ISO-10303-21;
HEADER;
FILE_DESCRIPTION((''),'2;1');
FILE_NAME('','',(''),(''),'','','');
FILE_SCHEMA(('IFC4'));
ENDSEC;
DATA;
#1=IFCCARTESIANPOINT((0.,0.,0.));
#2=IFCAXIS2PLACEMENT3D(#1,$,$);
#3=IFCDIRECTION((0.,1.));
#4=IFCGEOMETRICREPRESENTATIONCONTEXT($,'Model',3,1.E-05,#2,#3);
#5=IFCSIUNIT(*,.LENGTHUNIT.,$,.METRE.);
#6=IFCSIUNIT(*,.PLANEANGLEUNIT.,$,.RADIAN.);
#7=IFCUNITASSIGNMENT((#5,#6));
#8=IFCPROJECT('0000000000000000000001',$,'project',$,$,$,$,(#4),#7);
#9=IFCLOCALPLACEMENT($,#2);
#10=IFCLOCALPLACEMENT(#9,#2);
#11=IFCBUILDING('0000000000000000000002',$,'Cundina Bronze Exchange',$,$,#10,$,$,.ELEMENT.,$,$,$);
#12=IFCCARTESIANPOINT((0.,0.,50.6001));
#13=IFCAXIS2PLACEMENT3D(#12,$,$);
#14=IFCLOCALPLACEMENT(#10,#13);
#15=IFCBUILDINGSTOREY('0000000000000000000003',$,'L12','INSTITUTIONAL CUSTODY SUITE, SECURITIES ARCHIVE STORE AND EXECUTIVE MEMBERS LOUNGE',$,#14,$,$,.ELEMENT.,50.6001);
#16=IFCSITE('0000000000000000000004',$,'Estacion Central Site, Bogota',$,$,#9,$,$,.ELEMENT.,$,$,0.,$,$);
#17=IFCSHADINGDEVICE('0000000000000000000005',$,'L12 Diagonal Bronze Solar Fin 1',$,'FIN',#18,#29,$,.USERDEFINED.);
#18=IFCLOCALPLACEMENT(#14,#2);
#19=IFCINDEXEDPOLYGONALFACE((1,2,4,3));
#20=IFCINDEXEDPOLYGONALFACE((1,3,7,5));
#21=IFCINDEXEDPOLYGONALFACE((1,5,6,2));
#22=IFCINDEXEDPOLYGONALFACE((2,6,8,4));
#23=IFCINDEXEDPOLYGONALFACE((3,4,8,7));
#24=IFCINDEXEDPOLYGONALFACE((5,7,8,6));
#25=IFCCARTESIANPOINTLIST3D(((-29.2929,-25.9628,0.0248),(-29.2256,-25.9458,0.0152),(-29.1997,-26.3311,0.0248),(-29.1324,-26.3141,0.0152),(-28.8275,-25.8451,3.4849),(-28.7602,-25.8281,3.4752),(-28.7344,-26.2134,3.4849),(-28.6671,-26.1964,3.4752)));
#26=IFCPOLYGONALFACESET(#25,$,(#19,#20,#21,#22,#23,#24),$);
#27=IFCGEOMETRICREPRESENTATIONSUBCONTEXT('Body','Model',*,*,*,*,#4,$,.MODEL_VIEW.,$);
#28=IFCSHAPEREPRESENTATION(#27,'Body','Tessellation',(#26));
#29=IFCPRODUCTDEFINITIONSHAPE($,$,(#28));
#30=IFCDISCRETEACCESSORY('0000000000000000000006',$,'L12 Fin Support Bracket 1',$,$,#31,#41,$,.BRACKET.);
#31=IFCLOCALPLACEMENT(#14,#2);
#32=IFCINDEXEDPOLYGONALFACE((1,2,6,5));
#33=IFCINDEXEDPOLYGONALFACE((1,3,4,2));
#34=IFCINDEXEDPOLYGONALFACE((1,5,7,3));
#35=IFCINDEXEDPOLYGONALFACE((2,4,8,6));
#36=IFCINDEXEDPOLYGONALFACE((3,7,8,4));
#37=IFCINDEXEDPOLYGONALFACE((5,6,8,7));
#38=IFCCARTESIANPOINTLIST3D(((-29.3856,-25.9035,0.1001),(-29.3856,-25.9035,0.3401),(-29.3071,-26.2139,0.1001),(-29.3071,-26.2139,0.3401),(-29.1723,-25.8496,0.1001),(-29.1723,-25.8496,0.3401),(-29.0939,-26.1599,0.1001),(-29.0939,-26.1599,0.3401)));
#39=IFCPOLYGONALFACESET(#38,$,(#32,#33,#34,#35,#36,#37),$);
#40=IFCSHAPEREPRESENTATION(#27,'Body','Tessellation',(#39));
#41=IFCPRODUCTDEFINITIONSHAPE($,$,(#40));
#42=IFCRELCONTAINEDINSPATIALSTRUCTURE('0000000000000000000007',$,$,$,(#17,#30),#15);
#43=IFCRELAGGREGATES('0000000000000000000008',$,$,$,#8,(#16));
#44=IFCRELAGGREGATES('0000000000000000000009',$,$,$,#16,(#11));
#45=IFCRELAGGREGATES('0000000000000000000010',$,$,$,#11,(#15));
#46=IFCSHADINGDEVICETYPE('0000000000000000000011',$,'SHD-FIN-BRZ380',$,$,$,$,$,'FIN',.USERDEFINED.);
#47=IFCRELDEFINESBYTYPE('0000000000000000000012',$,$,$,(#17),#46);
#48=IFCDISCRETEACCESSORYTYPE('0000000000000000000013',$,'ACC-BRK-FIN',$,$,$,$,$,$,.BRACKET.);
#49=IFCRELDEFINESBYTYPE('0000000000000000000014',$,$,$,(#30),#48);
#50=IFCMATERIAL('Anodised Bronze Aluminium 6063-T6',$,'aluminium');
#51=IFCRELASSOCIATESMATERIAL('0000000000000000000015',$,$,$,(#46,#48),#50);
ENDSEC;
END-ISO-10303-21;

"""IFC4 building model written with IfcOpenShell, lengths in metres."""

from ifc_helpers import new_model, si_unit, direction, frame, origin, origin_2d, place, context, subcontext, project, spatial, rectangle, extrude, material, material_profile, profile_set, type_object, element, save


model = new_model("IFC4")

# Units and contexts
model_context = context("Model", 3, precision=1e-05, world=origin(), true_north=direction((0.0, 1.0)))
body_context = subcontext(model_context, "Body", "Model", "MODEL_VIEW")
ifc_project = project(units=[si_unit("LENGTHUNIT", "METRE"), si_unit("PLANEANGLEUNIT", "RADIAN")], contexts=[model_context])

# Site, building, storey
site_placement = place(None, origin())
site = spatial("IfcSite", under=ifc_project, at=site_placement, Name="Estacion Central Site, Bogota", CompositionType="ELEMENT", RefElevation=0.0)
building_placement = place(site_placement, origin())
building = spatial("IfcBuilding", under=site, at=building_placement, Name="Cundina Bronze Exchange", CompositionType="ELEMENT")
storey_placement = place(building_placement, frame((0.0, 0.0, 50.6001)))
storey = spatial("IfcBuildingStorey", under=building, at=storey_placement, Name="L12", Description="INSTITUTIONAL CUSTODY SUITE, SECURITIES ARCHIVE STORE AND EXECUTIVE MEMBERS LOUNGE", CompositionType="ELEMENT", Elevation=50.6001)

# Shared definitions
ifc_material_1 = material(Name="Anodised Bronze Aluminium 6063-T6", Category="aluminium")

# Shading device
ifc_material_profile_1 = material_profile(ifc_material_1, rectangle(XDim=0.0701, YDim=0.3799, at=origin_2d()), Name="FIN70X380", Category="aluminium")
ifc_profile_set_1 = profile_set([ifc_material_profile_1], Name="Anodised Bronze Aluminium 6063-T6")
shading_device_type = type_object("IfcShadingDeviceType", Name="SHD-FIN-BRZ380", ElementType="FIN", PredefinedType="USERDEFINED", material=ifc_profile_set_1)
shading_device_placement = place(storey_placement, frame((-29.2126, -26.1384, 0.02), z_axis=(0.133215, 0.033688, 0.990514), x_axis=(-0.960285, -0.242842, 0.137408)))
element("IfcShadingDevice", 1, at=shading_device_placement, inside=storey, type_object=shading_device_type, Name="L12 Diagonal Bronze Solar Fin 1", ObjectType="FIN", PredefinedType="USERDEFINED", context=body_context, shape_type="SweptSolid", body=[
    extrude(rectangle(XDim=0.0701, YDim=0.3799, at=origin_2d()), origin(), (0.0, 0.0, 1.0), 3.4932),
])

# Discrete accessory
discrete_accessory_type = type_object("IfcDiscreteAccessoryType", Name="ACC-BRK-FIN", PredefinedType="BRACKET", material=ifc_material_1)
discrete_accessory_placement = place(storey_placement, frame((-29.2397, -26.0317, 0.1001), z_axis=(0.0, 0.0, 1.0), x_axis=(0.969488, 0.245138, 0.0)))
element("IfcDiscreteAccessory", 2, at=discrete_accessory_placement, inside=storey, type_object=discrete_accessory_type, Name="L12 Fin Support Bracket 1", PredefinedType="BRACKET", context=body_context, shape_type="SweptSolid", body=[
    extrude(rectangle(XDim=0.22, YDim=0.3201, at=origin_2d()), origin(), (0.0, 0.0, 1.0), 0.24),
])

save(model, "model.ifc")
